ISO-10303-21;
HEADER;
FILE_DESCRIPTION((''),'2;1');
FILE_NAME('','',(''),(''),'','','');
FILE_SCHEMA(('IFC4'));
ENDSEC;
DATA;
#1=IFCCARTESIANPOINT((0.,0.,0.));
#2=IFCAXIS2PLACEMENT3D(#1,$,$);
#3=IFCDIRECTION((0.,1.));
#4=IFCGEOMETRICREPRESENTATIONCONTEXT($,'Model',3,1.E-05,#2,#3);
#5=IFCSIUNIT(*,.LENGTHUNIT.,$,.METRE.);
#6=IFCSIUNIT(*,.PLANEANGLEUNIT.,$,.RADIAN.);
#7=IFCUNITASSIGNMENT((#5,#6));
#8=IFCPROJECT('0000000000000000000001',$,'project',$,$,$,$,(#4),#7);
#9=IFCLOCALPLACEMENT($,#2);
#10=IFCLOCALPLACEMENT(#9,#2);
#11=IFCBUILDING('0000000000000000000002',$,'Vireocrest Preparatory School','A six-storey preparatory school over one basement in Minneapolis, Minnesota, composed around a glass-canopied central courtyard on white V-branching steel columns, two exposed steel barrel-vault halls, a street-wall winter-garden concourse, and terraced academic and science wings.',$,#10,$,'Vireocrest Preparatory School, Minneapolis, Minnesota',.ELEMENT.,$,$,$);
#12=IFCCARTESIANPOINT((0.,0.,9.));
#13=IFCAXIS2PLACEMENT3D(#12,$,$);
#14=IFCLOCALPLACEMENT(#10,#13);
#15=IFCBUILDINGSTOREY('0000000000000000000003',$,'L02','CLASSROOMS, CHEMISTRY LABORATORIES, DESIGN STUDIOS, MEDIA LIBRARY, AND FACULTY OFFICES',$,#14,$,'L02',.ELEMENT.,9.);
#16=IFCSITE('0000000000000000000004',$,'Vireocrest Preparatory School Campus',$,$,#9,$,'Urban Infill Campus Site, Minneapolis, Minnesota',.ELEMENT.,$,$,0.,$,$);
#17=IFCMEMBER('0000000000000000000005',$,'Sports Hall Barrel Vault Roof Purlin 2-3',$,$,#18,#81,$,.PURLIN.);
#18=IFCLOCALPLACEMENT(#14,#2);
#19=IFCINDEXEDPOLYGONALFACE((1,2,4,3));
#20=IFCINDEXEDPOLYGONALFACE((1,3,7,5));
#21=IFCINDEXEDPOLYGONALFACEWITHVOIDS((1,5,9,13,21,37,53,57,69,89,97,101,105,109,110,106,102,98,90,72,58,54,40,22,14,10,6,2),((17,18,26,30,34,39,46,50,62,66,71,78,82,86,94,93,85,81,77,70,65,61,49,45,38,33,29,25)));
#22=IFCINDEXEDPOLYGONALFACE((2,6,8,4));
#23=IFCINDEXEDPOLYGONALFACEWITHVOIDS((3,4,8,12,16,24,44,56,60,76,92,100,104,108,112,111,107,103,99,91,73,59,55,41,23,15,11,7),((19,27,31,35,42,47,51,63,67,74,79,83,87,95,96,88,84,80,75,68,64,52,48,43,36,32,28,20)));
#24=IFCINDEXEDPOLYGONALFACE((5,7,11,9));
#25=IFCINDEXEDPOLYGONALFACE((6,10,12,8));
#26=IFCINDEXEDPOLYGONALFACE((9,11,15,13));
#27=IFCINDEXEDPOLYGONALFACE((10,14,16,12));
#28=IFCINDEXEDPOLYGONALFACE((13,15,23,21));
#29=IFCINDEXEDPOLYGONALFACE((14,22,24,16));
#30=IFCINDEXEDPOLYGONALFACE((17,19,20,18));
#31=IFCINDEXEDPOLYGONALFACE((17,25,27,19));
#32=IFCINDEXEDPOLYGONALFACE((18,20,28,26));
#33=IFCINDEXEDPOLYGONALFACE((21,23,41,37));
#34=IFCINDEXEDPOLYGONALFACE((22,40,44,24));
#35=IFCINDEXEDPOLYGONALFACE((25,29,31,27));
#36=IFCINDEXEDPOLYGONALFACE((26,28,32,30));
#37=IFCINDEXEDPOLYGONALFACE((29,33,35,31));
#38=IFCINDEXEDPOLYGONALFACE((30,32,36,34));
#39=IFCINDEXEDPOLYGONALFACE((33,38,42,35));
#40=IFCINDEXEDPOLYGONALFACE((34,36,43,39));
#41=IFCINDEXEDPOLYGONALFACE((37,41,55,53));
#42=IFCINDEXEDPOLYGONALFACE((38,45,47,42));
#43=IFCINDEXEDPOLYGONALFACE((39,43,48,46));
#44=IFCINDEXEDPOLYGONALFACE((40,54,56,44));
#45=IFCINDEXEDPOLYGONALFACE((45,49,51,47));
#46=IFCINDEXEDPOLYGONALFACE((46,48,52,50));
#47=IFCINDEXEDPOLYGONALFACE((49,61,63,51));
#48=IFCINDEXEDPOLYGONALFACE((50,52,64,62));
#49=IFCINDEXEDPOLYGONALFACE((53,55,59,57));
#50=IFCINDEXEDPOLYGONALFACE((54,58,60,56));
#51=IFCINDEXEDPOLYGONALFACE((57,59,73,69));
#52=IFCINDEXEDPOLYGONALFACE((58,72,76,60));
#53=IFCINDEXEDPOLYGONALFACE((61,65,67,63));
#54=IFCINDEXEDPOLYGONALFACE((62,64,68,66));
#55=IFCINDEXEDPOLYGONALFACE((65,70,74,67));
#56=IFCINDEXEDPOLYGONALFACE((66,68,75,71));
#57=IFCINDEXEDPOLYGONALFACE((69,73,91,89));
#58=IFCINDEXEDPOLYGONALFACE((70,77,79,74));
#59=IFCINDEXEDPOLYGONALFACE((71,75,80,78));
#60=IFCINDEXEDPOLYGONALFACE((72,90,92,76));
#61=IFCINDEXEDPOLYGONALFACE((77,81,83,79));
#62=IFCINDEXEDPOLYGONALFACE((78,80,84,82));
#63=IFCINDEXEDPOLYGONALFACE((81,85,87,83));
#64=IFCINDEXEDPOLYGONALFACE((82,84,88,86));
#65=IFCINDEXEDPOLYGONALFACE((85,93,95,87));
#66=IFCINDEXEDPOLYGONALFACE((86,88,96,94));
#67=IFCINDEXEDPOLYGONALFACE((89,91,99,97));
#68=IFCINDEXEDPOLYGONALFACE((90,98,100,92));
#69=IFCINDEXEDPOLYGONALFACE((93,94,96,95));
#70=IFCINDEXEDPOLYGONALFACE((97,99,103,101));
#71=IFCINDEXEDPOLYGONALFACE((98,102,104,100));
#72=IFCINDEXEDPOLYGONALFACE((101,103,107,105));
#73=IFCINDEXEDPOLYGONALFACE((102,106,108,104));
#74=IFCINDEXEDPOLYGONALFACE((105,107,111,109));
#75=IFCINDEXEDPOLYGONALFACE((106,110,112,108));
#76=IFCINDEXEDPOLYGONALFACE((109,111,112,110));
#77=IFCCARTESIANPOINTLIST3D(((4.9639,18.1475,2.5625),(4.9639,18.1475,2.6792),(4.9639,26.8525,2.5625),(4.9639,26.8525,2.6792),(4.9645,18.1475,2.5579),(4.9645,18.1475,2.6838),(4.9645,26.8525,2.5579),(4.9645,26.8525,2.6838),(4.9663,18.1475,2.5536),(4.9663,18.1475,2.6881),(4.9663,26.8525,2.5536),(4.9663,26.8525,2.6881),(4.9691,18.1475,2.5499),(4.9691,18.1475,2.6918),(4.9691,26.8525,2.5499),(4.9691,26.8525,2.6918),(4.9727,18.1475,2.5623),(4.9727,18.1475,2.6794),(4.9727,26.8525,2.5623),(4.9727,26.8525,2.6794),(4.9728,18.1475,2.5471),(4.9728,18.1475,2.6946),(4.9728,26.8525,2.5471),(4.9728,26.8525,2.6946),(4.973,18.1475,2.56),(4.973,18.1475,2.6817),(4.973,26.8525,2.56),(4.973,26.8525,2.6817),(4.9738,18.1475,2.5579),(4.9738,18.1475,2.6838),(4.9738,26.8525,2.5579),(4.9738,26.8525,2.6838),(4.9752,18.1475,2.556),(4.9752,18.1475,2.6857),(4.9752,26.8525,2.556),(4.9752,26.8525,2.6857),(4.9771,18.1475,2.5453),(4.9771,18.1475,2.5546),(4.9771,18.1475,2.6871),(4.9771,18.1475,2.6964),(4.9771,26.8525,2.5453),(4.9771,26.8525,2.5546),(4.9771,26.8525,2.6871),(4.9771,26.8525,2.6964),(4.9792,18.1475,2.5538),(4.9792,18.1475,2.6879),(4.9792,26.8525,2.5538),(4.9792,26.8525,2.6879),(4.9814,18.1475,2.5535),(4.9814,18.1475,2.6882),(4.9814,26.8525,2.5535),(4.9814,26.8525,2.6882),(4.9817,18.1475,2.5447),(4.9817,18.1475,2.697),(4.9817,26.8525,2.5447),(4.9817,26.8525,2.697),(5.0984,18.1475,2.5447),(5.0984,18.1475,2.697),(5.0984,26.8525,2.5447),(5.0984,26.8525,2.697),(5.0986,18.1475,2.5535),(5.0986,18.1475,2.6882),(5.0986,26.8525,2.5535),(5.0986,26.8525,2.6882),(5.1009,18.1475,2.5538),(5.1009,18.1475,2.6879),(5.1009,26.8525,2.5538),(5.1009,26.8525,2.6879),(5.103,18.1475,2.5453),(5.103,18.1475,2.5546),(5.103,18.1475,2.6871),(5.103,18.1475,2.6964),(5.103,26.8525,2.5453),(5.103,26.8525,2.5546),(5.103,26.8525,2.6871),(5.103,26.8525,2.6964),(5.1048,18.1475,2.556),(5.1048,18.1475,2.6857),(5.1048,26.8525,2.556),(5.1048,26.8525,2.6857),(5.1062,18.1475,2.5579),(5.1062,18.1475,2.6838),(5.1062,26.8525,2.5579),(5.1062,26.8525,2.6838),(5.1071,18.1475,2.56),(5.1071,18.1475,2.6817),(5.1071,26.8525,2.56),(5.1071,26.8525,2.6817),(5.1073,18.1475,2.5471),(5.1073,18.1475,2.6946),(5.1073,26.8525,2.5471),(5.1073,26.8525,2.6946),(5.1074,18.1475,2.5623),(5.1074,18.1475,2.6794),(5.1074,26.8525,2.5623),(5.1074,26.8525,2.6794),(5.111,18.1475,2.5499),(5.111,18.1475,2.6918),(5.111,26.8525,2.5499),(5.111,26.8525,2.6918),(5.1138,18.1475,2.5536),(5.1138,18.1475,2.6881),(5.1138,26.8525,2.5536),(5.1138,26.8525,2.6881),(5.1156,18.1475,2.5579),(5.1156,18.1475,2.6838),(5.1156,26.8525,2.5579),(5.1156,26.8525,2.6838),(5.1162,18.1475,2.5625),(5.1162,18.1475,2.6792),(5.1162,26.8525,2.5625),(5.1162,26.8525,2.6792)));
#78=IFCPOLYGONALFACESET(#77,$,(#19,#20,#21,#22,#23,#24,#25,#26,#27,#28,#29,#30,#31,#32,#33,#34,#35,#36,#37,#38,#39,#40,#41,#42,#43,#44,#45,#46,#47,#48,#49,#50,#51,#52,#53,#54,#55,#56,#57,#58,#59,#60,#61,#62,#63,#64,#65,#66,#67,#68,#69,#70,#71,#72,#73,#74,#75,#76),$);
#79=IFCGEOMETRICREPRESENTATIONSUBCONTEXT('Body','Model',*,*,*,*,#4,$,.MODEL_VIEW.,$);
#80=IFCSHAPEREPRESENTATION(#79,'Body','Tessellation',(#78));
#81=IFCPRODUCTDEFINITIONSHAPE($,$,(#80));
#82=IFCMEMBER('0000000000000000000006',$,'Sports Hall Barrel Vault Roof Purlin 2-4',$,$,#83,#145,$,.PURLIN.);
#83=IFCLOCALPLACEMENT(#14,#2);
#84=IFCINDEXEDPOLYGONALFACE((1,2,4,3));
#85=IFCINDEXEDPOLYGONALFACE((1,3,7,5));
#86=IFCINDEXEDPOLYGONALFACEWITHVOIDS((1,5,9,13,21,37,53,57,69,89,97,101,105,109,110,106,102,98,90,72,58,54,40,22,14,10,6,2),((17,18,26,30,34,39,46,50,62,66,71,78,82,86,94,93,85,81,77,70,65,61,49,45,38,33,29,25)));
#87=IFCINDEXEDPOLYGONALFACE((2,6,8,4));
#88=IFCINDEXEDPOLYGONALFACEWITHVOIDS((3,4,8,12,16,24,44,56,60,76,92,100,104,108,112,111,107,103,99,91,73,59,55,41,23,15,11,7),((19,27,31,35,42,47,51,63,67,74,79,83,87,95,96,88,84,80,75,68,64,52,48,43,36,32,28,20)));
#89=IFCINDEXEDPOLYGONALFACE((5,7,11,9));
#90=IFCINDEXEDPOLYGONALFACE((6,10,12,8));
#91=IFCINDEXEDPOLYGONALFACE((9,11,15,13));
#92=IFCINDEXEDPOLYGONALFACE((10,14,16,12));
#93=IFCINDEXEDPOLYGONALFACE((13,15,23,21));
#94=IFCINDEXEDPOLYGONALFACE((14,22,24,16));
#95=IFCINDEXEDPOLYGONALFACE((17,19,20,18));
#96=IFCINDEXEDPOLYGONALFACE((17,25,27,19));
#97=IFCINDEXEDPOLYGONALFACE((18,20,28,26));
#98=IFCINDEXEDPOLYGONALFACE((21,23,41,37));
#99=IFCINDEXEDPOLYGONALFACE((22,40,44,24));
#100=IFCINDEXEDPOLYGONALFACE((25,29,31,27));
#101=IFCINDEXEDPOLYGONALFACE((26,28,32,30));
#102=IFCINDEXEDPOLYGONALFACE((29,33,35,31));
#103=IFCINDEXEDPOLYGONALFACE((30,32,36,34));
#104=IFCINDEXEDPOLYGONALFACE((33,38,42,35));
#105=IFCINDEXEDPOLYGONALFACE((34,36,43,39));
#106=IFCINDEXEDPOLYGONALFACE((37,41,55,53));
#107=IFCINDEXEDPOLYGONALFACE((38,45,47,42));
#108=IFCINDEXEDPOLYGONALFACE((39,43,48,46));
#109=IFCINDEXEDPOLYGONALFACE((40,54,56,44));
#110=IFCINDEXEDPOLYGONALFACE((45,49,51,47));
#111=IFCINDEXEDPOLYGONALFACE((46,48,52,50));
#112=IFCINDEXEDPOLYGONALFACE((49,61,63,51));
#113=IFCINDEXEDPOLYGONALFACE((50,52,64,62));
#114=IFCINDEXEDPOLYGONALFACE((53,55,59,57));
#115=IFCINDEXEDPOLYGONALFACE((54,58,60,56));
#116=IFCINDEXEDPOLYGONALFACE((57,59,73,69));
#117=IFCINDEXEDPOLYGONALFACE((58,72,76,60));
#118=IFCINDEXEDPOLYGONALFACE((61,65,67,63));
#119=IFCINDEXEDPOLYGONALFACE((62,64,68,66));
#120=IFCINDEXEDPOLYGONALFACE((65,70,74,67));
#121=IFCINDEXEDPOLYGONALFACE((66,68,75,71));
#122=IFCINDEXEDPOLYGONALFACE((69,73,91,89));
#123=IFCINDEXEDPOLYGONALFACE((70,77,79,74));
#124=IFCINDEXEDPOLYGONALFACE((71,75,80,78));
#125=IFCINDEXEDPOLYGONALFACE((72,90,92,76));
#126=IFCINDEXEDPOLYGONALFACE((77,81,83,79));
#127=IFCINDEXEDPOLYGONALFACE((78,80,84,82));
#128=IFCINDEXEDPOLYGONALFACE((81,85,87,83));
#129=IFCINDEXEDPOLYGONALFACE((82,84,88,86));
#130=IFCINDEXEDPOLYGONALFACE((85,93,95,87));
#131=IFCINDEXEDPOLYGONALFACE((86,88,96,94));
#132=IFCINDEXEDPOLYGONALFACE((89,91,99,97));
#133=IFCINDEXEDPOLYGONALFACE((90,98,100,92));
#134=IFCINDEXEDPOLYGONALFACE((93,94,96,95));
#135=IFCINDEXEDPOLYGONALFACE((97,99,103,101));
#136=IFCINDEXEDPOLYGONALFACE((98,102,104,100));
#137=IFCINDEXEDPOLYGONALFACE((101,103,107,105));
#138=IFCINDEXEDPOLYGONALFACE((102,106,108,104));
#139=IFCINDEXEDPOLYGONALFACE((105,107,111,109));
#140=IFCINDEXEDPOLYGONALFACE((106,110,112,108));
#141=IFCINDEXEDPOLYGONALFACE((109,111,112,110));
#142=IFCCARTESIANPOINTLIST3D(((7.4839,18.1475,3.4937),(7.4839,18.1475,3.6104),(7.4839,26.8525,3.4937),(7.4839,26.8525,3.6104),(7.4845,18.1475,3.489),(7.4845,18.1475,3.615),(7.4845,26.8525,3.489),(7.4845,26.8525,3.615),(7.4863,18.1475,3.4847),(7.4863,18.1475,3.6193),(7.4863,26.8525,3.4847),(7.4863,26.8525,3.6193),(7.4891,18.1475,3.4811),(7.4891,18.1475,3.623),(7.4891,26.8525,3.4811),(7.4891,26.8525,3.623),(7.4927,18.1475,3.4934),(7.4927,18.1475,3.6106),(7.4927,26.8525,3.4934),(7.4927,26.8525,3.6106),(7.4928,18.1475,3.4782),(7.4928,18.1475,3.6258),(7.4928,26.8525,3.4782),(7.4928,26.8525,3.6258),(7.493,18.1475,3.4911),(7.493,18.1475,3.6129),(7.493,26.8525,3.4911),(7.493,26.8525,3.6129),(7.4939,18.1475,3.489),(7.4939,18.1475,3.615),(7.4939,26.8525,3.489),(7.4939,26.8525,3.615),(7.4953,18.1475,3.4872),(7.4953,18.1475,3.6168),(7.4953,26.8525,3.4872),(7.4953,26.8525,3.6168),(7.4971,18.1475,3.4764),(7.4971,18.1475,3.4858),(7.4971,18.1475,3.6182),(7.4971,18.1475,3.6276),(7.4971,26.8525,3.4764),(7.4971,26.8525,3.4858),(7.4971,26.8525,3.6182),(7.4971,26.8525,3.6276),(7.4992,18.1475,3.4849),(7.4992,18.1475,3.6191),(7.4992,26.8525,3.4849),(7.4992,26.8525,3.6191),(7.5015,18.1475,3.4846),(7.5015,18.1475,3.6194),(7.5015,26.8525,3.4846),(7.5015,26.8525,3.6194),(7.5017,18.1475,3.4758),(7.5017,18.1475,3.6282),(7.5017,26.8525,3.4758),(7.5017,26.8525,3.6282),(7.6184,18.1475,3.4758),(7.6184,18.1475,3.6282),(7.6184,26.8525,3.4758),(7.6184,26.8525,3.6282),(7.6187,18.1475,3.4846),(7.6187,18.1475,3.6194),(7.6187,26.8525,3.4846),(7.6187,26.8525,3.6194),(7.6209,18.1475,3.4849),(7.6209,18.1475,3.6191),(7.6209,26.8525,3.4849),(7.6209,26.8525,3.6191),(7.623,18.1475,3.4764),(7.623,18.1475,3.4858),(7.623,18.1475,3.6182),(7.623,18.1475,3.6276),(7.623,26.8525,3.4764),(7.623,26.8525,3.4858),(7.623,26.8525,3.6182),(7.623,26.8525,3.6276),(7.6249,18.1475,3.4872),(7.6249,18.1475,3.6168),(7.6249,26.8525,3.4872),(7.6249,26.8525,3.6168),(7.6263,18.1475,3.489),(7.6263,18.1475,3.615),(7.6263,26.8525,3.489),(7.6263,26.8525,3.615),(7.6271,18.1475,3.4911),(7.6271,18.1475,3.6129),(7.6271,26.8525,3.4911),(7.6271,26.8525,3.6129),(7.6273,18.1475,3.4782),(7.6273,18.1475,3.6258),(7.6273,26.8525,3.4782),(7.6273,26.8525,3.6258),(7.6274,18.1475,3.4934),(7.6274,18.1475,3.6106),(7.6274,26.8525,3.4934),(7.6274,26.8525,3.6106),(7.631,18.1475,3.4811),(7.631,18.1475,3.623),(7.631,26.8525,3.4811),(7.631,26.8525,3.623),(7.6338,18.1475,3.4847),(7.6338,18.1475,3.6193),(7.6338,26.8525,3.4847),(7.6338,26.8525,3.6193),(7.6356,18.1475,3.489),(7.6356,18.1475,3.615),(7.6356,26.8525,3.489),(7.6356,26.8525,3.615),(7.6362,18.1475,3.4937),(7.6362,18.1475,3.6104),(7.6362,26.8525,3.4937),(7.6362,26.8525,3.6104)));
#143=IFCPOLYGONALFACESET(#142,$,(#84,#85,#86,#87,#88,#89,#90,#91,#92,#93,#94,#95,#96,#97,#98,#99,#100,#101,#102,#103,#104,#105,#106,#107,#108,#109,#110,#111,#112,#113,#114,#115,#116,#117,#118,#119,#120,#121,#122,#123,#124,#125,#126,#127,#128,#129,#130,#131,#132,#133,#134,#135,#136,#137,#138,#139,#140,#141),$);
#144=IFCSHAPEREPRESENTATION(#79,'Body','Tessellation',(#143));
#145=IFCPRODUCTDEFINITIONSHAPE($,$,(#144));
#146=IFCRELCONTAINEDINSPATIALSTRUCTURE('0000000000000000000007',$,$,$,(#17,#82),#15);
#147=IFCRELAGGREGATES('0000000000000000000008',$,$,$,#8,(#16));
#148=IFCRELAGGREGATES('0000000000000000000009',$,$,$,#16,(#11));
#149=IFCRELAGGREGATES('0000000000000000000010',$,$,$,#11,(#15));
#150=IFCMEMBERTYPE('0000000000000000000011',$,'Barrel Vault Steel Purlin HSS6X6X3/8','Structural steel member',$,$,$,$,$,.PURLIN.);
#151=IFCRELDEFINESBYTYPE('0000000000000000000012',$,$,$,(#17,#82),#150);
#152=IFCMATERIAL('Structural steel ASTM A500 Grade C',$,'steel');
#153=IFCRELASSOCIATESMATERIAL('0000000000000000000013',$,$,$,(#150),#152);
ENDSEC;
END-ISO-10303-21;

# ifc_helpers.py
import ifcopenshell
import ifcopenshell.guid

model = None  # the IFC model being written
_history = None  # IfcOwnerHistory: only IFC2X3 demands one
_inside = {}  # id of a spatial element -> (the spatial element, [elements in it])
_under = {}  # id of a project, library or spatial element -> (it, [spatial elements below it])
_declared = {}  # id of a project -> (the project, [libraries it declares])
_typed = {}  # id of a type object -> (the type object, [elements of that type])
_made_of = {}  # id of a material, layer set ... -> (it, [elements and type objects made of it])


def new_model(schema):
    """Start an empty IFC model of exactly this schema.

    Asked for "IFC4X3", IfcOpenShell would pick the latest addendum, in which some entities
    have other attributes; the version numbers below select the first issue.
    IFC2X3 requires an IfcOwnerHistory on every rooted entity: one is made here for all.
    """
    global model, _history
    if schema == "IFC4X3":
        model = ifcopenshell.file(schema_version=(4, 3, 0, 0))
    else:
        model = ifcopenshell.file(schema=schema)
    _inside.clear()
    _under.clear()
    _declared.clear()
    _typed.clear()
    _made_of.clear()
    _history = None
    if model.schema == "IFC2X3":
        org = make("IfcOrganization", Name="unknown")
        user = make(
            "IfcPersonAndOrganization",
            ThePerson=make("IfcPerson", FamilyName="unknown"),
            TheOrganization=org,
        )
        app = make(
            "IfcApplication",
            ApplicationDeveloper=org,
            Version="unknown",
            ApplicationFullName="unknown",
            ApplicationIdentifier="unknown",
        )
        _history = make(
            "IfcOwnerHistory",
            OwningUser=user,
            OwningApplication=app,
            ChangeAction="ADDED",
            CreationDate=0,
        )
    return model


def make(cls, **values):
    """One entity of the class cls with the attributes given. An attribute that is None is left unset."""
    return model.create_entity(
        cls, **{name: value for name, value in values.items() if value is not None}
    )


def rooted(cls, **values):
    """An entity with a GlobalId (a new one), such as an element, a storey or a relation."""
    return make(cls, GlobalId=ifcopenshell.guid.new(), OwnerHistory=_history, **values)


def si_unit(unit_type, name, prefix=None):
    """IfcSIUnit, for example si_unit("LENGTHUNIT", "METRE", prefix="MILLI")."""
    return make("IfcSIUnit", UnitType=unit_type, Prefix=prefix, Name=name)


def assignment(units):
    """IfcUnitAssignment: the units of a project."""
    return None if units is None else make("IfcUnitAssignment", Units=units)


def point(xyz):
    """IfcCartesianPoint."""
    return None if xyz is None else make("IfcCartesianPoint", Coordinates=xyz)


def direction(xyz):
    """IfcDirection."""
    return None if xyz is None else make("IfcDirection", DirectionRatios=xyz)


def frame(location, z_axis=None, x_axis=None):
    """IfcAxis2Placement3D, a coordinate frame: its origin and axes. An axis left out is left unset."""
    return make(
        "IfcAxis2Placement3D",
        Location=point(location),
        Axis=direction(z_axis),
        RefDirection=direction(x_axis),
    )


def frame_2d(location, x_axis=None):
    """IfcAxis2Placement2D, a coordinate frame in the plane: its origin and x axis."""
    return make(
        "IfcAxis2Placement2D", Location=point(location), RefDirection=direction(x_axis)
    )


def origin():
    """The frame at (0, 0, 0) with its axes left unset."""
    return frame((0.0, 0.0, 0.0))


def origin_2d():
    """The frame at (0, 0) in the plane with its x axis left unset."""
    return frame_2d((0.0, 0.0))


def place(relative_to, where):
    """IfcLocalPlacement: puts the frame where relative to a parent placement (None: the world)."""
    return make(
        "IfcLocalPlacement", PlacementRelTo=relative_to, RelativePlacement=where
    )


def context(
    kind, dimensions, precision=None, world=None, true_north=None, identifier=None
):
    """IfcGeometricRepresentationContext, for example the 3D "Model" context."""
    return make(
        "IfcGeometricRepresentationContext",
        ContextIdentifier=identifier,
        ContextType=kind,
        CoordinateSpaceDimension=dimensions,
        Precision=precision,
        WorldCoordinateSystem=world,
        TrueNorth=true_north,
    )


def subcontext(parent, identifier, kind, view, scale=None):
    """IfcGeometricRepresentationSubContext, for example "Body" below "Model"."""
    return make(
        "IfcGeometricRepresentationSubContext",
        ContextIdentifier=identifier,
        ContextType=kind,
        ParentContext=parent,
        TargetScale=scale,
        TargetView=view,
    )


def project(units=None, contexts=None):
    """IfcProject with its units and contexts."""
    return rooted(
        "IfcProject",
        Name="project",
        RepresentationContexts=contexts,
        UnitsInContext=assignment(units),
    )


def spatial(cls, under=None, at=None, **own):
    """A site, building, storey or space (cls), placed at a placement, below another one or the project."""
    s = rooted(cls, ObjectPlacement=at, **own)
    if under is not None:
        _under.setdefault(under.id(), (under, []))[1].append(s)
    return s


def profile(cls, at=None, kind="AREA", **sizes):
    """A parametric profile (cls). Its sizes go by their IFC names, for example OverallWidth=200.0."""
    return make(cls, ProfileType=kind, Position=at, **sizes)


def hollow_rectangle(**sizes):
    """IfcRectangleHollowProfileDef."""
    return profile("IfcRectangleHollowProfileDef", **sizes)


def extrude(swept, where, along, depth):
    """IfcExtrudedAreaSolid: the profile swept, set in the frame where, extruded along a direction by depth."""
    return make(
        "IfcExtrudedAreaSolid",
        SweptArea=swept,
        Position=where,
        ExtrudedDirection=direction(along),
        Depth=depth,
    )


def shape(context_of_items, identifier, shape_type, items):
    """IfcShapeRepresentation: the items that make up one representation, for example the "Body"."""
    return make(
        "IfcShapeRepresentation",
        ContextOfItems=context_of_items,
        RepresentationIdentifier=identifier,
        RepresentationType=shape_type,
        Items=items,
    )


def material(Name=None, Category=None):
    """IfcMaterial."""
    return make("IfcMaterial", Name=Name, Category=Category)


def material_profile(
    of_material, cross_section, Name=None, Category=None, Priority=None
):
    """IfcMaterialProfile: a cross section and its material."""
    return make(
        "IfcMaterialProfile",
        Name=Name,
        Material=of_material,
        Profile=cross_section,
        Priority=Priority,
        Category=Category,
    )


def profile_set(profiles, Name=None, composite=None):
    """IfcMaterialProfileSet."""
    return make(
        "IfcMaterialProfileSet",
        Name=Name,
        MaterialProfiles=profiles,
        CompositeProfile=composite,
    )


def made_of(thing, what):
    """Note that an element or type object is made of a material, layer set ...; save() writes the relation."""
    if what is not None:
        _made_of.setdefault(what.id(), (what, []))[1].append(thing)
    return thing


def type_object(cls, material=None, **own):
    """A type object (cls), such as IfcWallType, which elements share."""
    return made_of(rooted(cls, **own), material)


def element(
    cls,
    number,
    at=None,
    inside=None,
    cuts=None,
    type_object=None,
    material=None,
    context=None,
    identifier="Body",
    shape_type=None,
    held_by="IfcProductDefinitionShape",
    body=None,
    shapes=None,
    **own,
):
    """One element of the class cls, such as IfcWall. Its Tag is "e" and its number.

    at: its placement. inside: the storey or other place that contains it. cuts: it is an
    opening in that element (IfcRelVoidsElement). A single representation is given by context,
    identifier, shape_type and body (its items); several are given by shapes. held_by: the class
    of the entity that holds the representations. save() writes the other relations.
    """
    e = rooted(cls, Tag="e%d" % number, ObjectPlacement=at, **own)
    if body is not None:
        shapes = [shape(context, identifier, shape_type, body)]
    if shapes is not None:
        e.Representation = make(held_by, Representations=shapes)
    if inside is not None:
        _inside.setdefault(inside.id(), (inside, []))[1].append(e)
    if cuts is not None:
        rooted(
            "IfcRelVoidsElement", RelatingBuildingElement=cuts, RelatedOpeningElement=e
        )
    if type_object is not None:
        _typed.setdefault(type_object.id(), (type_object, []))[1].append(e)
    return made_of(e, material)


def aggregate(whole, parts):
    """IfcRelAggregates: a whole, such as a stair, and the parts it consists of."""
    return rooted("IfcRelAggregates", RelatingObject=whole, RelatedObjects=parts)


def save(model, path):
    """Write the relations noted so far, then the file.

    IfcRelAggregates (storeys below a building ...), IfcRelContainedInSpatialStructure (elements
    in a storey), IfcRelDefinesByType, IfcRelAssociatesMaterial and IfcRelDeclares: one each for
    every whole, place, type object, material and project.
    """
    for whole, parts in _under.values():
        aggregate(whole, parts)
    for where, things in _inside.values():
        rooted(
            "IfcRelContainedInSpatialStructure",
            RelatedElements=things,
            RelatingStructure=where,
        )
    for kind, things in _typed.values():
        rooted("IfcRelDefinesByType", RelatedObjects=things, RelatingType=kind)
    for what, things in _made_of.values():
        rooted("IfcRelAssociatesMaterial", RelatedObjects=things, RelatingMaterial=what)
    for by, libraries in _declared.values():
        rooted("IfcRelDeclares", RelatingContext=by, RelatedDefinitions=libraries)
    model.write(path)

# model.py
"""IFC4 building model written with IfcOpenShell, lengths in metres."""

from ifc_helpers import new_model, si_unit, direction, frame, origin, origin_2d, place, context, subcontext, project, spatial, hollow_rectangle, extrude, material, material_profile, profile_set, type_object, element, save


model = new_model("IFC4")

# Units and contexts
model_context = context("Model", 3, precision=1e-05, world=origin(), true_north=direction((0.0, 1.0)))
body_context = subcontext(model_context, "Body", "Model", "MODEL_VIEW")
ifc_project = project(units=[si_unit("LENGTHUNIT", "METRE"), si_unit("PLANEANGLEUNIT", "RADIAN")], contexts=[model_context])

# Site, building, storey
site_placement = place(None, origin())
site = spatial("IfcSite", under=ifc_project, at=site_placement, Name="Vireocrest Preparatory School Campus", LongName="Urban Infill Campus Site, Minneapolis, Minnesota", CompositionType="ELEMENT", RefElevation=0.0)
building_placement = place(site_placement, origin())
building = spatial("IfcBuilding", under=site, at=building_placement, Name="Vireocrest Preparatory School", Description="A six-storey preparatory school over one basement in Minneapolis, Minnesota, composed around a glass-canopied central courtyard on white V-branching steel columns, two exposed steel barrel-vault halls, a street-wall winter-garden concourse, and terraced academic and science wings.", LongName="Vireocrest Preparatory School, Minneapolis, Minnesota", CompositionType="ELEMENT")
storey_placement = place(building_placement, frame((0.0, 0.0, 9.0)))
storey = spatial("IfcBuildingStorey", under=building, at=storey_placement, Name="L02", Description="CLASSROOMS, CHEMISTRY LABORATORIES, DESIGN STUDIOS, MEDIA LIBRARY, AND FACULTY OFFICES", LongName="L02", CompositionType="ELEMENT", Elevation=9.0)

# Members
ifc_material_1 = material(Name="Structural steel ASTM A500 Grade C", Category="steel")
ifc_material_profile_1 = material_profile(ifc_material_1, hollow_rectangle(XDim=0.1523, YDim=0.1523, WallThickness=0.0088, InnerFilletRadius=0.0088, OuterFilletRadius=0.0178, at=origin_2d()), Name="HSS6X6X3/8")
ifc_profile_set_1 = profile_set([ifc_material_profile_1], Name="Structural steel ASTM A500 Grade C")
member_type_1 = type_object("IfcMemberType", Name="Barrel Vault Steel Purlin HSS6X6X3/8", Description="Structural steel member", PredefinedType="PURLIN", material=ifc_profile_set_1)
for number, where, z_axis, x_axis, name in (
    (1, (5.04, 18.1475, 2.6208), (0.0, 1.0, 0.0), (-1.0, 0.0, 0.0), "Sports Hall Barrel Vault Roof Purlin 2-3"),
    (2, (7.5601, 18.1475, 3.552), (0.0, 1.0, 0.0), (-1.0, 0.0, 0.0), "Sports Hall Barrel Vault Roof Purlin 2-4"),
):
    element("IfcMember", number, at=place(storey_placement, frame(where, z_axis=z_axis, x_axis=x_axis)), inside=storey, type_object=member_type_1, Name=name, PredefinedType="PURLIN", context=body_context, shape_type="SweptSolid", body=[
        extrude(hollow_rectangle(XDim=0.1523, YDim=0.1523, WallThickness=0.0088, InnerFilletRadius=0.0088, OuterFilletRadius=0.0178, at=origin_2d()), origin(), (0.0, 0.0, 1.0), 8.7051),
    ])

save(model, "model.ifc")
